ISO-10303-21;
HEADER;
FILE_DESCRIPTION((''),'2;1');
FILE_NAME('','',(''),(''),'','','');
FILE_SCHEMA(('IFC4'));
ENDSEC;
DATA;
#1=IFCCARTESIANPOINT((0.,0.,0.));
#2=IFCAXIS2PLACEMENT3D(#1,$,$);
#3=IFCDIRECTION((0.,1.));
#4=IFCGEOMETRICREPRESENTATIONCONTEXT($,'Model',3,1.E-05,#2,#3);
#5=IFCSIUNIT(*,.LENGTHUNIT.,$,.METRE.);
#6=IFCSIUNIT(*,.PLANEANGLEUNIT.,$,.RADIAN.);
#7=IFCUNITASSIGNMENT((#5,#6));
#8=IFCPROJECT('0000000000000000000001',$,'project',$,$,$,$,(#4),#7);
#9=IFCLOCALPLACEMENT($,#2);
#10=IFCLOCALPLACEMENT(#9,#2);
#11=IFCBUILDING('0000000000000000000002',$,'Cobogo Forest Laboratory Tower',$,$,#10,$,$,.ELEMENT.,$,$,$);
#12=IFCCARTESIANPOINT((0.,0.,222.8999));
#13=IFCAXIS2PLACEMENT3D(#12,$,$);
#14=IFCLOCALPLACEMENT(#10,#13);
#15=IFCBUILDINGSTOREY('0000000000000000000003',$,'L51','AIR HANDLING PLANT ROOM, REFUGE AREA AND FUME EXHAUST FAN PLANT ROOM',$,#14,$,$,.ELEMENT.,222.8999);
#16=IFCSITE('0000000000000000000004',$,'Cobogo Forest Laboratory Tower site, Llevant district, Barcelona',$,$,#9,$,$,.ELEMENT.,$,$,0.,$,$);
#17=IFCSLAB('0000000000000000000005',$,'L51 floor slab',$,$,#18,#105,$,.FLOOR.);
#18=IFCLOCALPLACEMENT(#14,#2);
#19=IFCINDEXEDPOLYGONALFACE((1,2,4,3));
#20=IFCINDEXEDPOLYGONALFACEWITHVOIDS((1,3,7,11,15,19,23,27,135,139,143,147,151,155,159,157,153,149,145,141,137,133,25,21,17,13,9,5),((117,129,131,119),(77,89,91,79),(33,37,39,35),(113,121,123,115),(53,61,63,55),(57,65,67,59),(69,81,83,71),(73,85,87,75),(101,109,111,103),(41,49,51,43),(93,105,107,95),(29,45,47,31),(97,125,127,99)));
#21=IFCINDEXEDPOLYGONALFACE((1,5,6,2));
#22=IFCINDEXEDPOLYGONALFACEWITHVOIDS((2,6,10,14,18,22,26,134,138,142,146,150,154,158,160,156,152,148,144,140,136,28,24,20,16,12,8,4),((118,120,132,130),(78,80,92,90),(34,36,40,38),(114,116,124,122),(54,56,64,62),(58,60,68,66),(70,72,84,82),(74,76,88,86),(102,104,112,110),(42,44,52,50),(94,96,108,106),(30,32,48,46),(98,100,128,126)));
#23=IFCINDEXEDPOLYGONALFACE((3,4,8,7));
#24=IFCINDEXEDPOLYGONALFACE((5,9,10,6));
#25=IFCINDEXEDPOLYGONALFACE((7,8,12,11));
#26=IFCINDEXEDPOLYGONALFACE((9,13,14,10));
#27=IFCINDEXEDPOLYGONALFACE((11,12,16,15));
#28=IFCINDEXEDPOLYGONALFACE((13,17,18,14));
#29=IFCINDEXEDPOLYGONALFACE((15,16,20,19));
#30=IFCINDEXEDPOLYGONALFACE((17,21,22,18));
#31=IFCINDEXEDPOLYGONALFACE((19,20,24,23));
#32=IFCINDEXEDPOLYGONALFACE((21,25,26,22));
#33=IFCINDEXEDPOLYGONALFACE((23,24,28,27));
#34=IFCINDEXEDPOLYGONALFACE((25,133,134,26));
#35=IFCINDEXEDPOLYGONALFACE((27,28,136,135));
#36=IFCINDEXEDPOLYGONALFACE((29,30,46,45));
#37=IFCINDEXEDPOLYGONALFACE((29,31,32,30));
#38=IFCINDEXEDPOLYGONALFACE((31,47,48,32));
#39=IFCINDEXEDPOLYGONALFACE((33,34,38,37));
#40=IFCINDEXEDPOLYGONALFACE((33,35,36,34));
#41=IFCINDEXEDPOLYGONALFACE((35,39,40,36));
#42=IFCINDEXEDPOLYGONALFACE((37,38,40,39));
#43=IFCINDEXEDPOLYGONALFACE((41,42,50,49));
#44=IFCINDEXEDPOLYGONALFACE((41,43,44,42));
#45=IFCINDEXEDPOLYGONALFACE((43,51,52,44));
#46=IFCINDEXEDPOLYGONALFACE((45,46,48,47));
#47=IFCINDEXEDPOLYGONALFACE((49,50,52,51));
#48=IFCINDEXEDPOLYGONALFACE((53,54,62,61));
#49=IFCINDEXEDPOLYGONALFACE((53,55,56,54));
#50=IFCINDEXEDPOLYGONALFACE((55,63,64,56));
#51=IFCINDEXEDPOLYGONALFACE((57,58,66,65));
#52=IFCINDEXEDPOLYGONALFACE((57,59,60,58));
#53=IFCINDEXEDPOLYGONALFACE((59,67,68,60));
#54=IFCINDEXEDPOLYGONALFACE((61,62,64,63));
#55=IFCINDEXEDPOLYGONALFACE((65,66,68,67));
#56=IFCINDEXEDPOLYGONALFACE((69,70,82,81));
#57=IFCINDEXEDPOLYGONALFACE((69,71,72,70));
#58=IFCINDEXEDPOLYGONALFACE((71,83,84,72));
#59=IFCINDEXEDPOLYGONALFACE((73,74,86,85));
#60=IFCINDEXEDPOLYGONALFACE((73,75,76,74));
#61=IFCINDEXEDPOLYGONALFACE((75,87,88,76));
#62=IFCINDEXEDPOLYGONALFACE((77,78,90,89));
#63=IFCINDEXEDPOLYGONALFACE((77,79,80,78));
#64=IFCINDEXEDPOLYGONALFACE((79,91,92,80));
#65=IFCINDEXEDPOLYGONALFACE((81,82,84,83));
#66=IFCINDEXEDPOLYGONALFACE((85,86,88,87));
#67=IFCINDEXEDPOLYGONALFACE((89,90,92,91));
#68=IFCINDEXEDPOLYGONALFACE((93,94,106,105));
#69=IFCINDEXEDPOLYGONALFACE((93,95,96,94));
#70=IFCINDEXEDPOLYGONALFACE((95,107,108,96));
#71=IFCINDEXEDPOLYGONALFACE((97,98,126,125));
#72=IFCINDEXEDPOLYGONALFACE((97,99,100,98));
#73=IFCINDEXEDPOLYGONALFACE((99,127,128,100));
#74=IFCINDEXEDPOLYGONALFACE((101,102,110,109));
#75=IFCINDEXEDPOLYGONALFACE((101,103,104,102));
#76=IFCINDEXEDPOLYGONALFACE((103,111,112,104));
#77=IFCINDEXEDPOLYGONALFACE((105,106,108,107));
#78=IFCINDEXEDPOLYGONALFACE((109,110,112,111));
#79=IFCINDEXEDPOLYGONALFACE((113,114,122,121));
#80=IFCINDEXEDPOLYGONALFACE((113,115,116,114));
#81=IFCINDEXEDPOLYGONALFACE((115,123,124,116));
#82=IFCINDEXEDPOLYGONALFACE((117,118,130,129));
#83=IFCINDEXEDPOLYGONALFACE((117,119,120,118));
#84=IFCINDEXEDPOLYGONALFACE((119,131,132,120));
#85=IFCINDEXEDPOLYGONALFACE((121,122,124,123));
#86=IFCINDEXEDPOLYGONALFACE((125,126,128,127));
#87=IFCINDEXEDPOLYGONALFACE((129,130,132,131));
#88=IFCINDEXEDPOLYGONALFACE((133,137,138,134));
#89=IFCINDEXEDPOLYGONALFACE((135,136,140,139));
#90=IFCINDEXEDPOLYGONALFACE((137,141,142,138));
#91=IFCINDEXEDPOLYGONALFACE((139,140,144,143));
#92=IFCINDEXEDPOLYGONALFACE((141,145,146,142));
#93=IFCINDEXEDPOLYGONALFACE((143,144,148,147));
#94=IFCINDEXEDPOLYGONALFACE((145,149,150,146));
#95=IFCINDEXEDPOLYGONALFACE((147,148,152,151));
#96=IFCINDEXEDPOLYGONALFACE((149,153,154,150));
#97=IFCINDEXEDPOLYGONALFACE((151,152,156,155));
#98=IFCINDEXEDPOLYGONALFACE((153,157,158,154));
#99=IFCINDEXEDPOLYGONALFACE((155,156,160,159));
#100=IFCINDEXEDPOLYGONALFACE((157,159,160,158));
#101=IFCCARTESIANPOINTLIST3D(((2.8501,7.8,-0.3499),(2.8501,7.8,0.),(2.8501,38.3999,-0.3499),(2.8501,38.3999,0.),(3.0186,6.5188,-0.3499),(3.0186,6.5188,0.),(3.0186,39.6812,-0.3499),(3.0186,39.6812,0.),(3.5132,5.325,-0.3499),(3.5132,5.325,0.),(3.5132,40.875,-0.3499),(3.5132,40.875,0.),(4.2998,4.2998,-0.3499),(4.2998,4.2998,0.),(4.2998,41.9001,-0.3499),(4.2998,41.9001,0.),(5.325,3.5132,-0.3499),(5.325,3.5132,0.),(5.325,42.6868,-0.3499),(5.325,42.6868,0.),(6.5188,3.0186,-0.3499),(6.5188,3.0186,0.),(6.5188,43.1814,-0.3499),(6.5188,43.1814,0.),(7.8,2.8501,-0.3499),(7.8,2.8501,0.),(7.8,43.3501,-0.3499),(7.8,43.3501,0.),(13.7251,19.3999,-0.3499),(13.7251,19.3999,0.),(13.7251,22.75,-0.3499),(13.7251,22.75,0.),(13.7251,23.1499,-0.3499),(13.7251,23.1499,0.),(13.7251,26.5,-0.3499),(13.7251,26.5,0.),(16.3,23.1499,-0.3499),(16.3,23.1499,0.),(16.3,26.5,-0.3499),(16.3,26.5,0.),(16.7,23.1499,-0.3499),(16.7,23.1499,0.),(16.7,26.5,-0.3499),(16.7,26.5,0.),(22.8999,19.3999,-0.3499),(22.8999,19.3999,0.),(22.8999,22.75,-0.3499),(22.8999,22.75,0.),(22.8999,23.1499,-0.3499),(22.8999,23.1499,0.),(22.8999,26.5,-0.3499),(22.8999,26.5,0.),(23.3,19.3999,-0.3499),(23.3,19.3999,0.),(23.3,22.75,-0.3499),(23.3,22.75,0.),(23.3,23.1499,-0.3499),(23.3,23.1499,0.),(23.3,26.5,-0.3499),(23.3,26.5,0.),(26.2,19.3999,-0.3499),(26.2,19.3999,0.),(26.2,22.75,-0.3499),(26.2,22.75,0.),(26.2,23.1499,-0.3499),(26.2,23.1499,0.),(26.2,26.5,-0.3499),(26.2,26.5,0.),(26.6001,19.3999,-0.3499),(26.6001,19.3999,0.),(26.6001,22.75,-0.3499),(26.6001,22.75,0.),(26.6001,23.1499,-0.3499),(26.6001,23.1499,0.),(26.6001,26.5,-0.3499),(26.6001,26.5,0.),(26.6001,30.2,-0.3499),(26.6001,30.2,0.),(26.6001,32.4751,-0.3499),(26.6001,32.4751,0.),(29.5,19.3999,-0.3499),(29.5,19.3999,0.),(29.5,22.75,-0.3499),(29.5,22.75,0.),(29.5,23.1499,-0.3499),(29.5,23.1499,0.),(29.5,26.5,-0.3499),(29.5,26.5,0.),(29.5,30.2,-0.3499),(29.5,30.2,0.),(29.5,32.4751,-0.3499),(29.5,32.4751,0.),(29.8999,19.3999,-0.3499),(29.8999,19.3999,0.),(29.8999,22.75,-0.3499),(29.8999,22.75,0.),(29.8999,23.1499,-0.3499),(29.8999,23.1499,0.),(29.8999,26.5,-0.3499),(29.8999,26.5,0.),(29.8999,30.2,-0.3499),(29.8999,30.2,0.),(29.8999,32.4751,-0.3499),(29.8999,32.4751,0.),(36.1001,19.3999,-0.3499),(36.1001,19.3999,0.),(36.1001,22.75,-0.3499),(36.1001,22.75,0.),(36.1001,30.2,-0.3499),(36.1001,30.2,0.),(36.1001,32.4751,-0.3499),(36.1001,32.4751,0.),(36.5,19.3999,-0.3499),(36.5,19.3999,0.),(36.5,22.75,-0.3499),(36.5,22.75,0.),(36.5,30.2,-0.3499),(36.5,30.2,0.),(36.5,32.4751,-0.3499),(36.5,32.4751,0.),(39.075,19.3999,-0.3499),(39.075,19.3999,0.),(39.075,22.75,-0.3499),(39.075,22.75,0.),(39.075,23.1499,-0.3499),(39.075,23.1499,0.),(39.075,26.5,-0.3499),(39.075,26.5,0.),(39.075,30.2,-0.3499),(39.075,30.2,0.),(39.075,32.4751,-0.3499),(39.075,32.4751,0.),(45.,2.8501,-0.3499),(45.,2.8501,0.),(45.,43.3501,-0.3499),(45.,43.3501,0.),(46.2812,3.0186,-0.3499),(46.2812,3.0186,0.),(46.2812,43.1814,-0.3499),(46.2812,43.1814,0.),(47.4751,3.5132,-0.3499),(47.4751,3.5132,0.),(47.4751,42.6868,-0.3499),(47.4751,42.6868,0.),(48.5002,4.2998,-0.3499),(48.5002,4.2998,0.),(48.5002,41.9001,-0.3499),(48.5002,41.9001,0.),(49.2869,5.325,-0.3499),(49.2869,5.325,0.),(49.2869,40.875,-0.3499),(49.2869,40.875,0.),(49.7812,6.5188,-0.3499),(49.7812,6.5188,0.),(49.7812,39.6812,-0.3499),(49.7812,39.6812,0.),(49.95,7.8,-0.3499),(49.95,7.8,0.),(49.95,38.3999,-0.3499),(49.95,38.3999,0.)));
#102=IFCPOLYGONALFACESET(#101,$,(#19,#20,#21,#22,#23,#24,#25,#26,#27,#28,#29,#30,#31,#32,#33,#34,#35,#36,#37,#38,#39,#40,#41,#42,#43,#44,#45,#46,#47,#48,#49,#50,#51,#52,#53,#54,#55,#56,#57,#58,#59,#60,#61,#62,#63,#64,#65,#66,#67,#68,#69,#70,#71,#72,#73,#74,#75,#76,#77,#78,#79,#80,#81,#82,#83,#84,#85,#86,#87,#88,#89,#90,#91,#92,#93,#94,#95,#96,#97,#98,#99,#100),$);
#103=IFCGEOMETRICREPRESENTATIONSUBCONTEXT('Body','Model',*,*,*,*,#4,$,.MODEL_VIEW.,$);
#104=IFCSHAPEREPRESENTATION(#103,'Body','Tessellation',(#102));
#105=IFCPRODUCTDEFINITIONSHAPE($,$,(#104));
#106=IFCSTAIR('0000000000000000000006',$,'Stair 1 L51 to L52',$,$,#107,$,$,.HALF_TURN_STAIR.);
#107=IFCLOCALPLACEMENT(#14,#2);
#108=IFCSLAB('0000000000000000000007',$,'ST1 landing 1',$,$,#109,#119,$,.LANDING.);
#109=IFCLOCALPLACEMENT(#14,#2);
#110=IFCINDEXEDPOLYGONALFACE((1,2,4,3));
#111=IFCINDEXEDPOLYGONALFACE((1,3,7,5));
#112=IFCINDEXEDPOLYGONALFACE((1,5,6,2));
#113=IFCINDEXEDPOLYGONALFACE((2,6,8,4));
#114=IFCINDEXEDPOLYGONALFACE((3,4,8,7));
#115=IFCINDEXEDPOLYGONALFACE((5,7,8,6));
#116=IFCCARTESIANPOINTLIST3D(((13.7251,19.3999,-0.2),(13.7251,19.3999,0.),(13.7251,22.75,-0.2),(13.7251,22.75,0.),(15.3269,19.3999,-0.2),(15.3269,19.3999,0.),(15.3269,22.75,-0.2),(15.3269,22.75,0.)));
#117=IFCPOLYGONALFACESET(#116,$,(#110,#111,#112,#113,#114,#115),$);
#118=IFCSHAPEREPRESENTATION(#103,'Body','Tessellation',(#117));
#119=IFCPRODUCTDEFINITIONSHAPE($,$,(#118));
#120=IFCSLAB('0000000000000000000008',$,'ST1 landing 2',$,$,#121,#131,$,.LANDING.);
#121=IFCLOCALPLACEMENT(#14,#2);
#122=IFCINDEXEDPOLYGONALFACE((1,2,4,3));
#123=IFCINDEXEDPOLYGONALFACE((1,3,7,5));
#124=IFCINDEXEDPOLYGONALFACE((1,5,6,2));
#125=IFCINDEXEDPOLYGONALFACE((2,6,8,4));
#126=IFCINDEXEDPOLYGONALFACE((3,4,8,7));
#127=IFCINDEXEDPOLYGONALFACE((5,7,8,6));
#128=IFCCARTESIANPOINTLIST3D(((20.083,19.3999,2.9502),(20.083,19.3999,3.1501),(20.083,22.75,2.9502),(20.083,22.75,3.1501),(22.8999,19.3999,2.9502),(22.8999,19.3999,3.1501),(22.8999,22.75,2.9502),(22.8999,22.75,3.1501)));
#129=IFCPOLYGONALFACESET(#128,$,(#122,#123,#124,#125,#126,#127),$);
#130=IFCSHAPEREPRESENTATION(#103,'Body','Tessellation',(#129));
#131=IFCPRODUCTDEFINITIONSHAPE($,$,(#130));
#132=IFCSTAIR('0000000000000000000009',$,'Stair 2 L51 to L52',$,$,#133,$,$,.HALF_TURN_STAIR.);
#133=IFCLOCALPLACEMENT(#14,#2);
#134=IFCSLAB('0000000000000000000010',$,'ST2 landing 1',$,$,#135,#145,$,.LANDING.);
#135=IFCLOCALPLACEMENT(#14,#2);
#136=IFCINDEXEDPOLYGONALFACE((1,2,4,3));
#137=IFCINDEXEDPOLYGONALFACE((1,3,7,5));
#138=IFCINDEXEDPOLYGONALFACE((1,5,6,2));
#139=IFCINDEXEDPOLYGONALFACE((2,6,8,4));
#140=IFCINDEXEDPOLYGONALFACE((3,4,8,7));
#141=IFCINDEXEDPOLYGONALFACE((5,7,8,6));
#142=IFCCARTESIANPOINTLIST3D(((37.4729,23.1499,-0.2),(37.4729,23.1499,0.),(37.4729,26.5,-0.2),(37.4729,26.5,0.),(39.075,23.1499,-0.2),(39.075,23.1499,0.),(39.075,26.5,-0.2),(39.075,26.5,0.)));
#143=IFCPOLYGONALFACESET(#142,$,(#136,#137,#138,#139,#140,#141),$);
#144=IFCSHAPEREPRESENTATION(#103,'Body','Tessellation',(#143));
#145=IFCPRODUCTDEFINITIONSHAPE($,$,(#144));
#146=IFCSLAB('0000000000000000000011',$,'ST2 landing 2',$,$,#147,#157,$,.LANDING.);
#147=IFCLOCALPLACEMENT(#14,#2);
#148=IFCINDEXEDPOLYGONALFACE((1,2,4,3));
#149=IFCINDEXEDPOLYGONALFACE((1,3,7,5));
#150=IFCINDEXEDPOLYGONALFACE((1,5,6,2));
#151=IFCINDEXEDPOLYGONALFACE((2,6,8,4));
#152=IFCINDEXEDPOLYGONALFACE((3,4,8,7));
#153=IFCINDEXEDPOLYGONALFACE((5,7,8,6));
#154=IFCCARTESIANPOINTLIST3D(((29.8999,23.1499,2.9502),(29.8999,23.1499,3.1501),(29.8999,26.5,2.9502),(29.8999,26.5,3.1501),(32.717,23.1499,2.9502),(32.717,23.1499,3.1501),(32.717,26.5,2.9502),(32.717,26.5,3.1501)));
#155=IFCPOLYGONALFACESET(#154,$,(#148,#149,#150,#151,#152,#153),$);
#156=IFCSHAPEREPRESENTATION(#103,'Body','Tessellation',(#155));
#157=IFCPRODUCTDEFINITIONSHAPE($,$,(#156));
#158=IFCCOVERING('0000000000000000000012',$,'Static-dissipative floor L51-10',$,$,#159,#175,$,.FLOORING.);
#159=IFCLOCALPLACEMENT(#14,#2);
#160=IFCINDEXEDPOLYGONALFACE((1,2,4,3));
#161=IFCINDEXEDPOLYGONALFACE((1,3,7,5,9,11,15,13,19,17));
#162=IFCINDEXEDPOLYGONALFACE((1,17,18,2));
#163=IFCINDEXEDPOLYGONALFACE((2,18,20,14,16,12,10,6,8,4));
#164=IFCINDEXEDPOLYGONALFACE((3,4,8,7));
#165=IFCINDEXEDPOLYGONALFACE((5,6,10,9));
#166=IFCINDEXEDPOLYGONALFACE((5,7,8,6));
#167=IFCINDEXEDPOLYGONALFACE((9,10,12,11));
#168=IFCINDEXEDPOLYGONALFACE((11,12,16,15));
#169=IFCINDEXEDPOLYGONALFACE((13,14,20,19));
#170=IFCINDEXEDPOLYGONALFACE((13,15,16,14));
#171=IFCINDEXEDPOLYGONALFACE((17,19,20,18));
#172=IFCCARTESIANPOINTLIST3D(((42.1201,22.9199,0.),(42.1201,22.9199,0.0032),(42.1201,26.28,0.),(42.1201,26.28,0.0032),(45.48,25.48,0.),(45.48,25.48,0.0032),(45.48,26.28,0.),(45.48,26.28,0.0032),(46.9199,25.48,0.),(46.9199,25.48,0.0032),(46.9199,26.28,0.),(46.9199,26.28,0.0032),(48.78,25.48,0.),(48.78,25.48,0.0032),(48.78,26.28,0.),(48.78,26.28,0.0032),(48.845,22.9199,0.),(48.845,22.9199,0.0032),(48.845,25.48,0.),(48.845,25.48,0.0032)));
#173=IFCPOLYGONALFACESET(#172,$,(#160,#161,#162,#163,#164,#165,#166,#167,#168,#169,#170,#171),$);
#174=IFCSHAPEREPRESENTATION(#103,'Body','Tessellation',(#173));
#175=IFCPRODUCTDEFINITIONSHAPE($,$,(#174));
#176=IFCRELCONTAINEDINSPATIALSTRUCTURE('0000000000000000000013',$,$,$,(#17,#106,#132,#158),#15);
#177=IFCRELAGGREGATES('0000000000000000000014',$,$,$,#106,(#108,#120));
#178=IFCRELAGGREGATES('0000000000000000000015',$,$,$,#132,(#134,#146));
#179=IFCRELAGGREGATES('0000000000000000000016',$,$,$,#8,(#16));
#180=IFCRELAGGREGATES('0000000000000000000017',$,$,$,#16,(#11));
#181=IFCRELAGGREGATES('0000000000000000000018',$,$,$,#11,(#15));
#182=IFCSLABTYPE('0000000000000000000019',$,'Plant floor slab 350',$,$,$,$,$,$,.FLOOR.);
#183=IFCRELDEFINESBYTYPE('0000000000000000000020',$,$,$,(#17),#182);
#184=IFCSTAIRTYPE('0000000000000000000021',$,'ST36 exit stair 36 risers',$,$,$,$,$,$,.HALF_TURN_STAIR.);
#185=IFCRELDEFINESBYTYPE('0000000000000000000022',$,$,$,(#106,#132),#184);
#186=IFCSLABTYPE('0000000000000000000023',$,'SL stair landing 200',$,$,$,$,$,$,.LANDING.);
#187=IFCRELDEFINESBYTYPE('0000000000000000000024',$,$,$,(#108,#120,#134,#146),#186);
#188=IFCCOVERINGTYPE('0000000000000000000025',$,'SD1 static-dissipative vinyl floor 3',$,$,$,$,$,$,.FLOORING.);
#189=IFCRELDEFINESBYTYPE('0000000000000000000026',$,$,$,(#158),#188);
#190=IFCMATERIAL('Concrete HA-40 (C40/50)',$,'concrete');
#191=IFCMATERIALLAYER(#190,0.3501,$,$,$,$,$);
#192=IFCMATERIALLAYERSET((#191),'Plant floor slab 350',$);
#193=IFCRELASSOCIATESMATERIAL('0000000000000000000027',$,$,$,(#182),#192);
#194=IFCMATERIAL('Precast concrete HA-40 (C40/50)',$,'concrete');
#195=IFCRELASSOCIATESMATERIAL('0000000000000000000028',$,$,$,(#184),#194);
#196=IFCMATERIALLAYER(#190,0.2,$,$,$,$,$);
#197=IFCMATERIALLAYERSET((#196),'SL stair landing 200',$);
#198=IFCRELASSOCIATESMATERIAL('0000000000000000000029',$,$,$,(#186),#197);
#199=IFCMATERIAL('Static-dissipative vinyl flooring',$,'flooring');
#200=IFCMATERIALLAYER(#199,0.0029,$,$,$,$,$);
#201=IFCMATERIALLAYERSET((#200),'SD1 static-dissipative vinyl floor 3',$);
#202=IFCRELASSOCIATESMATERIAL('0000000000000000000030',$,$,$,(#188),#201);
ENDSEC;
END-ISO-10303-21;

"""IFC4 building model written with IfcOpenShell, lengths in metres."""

from ifc_helpers import new_model, si_unit, direction, frame, origin, place, context, subcontext, project, spatial, polyline, outline, extrude, material, layer, layer_set, type_object, element, aggregate, save


model = new_model("IFC4")

# Units and contexts
model_context = context("Model", 3, precision=1e-05, world=origin(), true_north=direction((0.0, 1.0)))
body_context = subcontext(model_context, "Body", "Model", "MODEL_VIEW")
ifc_project = project(units=[si_unit("LENGTHUNIT", "METRE"), si_unit("PLANEANGLEUNIT", "RADIAN")], contexts=[model_context])

# Site, building, storey
site_placement = place(None, origin())
site = spatial("IfcSite", under=ifc_project, at=site_placement, Name="Cobogo Forest Laboratory Tower site, Llevant district, Barcelona", CompositionType="ELEMENT", RefElevation=0.0)
building_placement = place(site_placement, origin())
building = spatial("IfcBuilding", under=site, at=building_placement, Name="Cobogo Forest Laboratory Tower", CompositionType="ELEMENT")
storey_placement = place(building_placement, frame((0.0, 0.0, 222.8999)))
storey = spatial("IfcBuildingStorey", under=building, at=storey_placement, Name="L51", Description="AIR HANDLING PLANT ROOM, REFUGE AREA AND FUME EXHAUST FAN PLANT ROOM", CompositionType="ELEMENT", Elevation=222.8999)

# Shared definitions
ifc_material_1 = material(Name="Concrete HA-40 (C40/50)", Category="concrete")

# Slab
ifc_layer_1 = layer(ifc_material_1, 0.3501)
ifc_layer_set_1 = layer_set([ifc_layer_1], Name="Plant floor slab 350")
slab_type_1 = type_object("IfcSlabType", Name="Plant floor slab 350", PredefinedType="FLOOR", material=ifc_layer_set_1)
slab_1_placement = place(storey_placement, frame((0.0, 0.0, -0.3499)))
element("IfcSlab", 1, at=slab_1_placement, inside=storey, type_object=slab_type_1, Name="L51 floor slab", PredefinedType="FLOOR", context=body_context, shape_type="SweptSolid", body=[
    extrude(outline(polyline([(45.0, 2.8501), (46.2812, 3.0186), (47.4751, 3.5132), (48.5002, 4.2998), (49.2869, 5.325), (49.7812, 6.5188), (49.95, 7.8), (49.95, 38.3999), (49.7812, 39.6812), (49.2869, 40.875), (48.5002, 41.9001), (47.4751, 42.6868), (46.2812, 43.1814), (45.0, 43.3501), (7.8, 43.3501), (6.5188, 43.1814), (5.325, 42.6868), (4.2998, 41.9001), (3.5132, 40.875), (3.0186, 39.6812), (2.8501, 38.3999), (2.8501, 7.8), (3.0186, 6.5188), (3.5132, 5.325), (4.2998, 4.2998), (5.325, 3.5132), (6.5188, 3.0186), (7.8, 2.8501), (45.0, 2.8501)]), holes=[polyline([(22.8999, 19.3999), (13.7251, 19.3999), (13.7251, 22.75), (22.8999, 22.75), (22.8999, 19.3999)]), polyline([(26.2, 19.3999), (23.3, 19.3999), (23.3, 22.75), (26.2, 22.75), (26.2, 19.3999)]), polyline([(29.5, 19.3999), (26.6001, 19.3999), (26.6001, 22.75), (29.5, 22.75), (29.5, 19.3999)]), polyline([(36.1001, 22.75), (36.1001, 19.3999), (29.8999, 19.3999), (29.8999, 22.75), (36.1001, 22.75)]), polyline([(39.075, 19.3999), (36.5, 19.3999), (36.5, 22.75), (39.075, 22.75), (39.075, 19.3999)]), polyline([(16.3, 23.1499), (13.7251, 23.1499), (13.7251, 26.5), (16.3, 26.5), (16.3, 23.1499)]), polyline([(22.8999, 26.5), (22.8999, 23.1499), (16.7, 23.1499), (16.7, 26.5), (22.8999, 26.5)]), polyline([(26.2, 23.1499), (23.3, 23.1499), (23.3, 26.5), (26.2, 26.5), (26.2, 23.1499)]), polyline([(29.5, 23.1499), (26.6001, 23.1499), (26.6001, 26.5), (29.5, 26.5), (29.5, 23.1499)]), polyline([(39.075, 23.1499), (29.8999, 23.1499), (29.8999, 26.5), (39.075, 26.5), (39.075, 23.1499)]), polyline([(29.5, 30.2), (26.6001, 30.2), (26.6001, 32.4751), (29.5, 32.4751), (29.5, 30.2)]), polyline([(36.1001, 32.4751), (36.1001, 30.2), (29.8999, 30.2), (29.8999, 32.4751), (36.1001, 32.4751)]), polyline([(39.075, 30.2), (36.5, 30.2), (36.5, 32.4751), (39.075, 32.4751), (39.075, 30.2)])]), origin(), (0.0, 0.0, 1.0), 0.3499),
])

# Stairs, slabs
ifc_material_2 = material(Name="Precast concrete HA-40 (C40/50)", Category="concrete")
stair_type = type_object("IfcStairType", Name="ST36 exit stair 36 risers", PredefinedType="HALF_TURN_STAIR", material=ifc_material_2)
stair_1_placement = place(storey_placement, origin())
stair_1 = element("IfcStair", 2, at=stair_1_placement, inside=storey, type_object=stair_type, Name="Stair 1 L51 to L52", PredefinedType="HALF_TURN_STAIR")
ifc_layer_2 = layer(ifc_material_1, 0.2)
ifc_layer_set_2 = layer_set([ifc_layer_2], Name="SL stair landing 200")
slab_type_2 = type_object("IfcSlabType", Name="SL stair landing 200", PredefinedType="LANDING", material=ifc_layer_set_2)
slab_2_placement = place(storey_placement, frame((0.0, 0.0, -0.2)))
slab_2 = element("IfcSlab", 3, at=slab_2_placement, type_object=slab_type_2, Name="ST1 landing 1", PredefinedType="LANDING", context=body_context, shape_type="SweptSolid", body=[
    extrude(outline(polyline([(13.7251, 19.3999), (15.3269, 19.3999), (15.3269, 22.75), (13.7251, 22.75), (13.7251, 19.3999)])), origin(), (0.0, 0.0, 1.0), 0.2),
])
slab_3_placement = place(storey_placement, frame((0.0, 0.0, 2.9502)))
slab_3 = element("IfcSlab", 4, at=slab_3_placement, type_object=slab_type_2, Name="ST1 landing 2", PredefinedType="LANDING", context=body_context, shape_type="SweptSolid", body=[
    extrude(outline(polyline([(20.083, 19.3999), (22.8999, 19.3999), (22.8999, 22.75), (20.083, 22.75), (20.083, 19.3999)])), origin(), (0.0, 0.0, 1.0), 0.2),
])
aggregate(stair_1, [slab_2, slab_3])
stair_2_placement = place(storey_placement, origin())
stair_2 = element("IfcStair", 5, at=stair_2_placement, inside=storey, type_object=stair_type, Name="Stair 2 L51 to L52", PredefinedType="HALF_TURN_STAIR")
slab_4_placement = place(storey_placement, frame((0.0, 0.0, -0.2)))
slab_4 = element("IfcSlab", 6, at=slab_4_placement, type_object=slab_type_2, Name="ST2 landing 1", PredefinedType="LANDING", context=body_context, shape_type="SweptSolid", body=[
    extrude(outline(polyline([(37.4729, 23.1499), (39.075, 23.1499), (39.075, 26.5), (37.4729, 26.5), (37.4729, 23.1499)])), origin(), (0.0, 0.0, 1.0), 0.2),
])
slab_5_placement = place(storey_placement, frame((0.0, 0.0, 2.9502)))
slab_5 = element("IfcSlab", 7, at=slab_5_placement, type_object=slab_type_2, Name="ST2 landing 2", PredefinedType="LANDING", context=body_context, shape_type="SweptSolid", body=[
    extrude(outline(polyline([(29.8999, 23.1499), (32.717, 23.1499), (32.717, 26.5), (29.8999, 26.5), (29.8999, 23.1499)])), origin(), (0.0, 0.0, 1.0), 0.2),
])
aggregate(stair_2, [slab_4, slab_5])

# Covering
ifc_material_3 = material(Name="Static-dissipative vinyl flooring", Category="flooring")
ifc_layer_3 = layer(ifc_material_3, 0.0029)
ifc_layer_set_3 = layer_set([ifc_layer_3], Name="SD1 static-dissipative vinyl floor 3")
covering_type = type_object("IfcCoveringType", Name="SD1 static-dissipative vinyl floor 3", PredefinedType="FLOORING", material=ifc_layer_set_3)
covering_placement = place(storey_placement, origin())
element("IfcCovering", 8, at=covering_placement, inside=storey, type_object=covering_type, Name="Static-dissipative floor L51-10", PredefinedType="FLOORING", context=body_context, shape_type="SweptSolid", body=[
    extrude(outline(polyline([(42.1201, 26.28), (45.48, 26.28), (45.48, 25.48), (46.9199, 25.48), (46.9199, 26.28), (48.78, 26.28), (48.78, 25.48), (48.845, 25.48), (48.845, 22.9199), (42.1201, 22.9199), (42.1201, 26.28)])), origin(), (0.0, 0.0, 1.0), 0.0032),
])

save(model, "model.ifc")
